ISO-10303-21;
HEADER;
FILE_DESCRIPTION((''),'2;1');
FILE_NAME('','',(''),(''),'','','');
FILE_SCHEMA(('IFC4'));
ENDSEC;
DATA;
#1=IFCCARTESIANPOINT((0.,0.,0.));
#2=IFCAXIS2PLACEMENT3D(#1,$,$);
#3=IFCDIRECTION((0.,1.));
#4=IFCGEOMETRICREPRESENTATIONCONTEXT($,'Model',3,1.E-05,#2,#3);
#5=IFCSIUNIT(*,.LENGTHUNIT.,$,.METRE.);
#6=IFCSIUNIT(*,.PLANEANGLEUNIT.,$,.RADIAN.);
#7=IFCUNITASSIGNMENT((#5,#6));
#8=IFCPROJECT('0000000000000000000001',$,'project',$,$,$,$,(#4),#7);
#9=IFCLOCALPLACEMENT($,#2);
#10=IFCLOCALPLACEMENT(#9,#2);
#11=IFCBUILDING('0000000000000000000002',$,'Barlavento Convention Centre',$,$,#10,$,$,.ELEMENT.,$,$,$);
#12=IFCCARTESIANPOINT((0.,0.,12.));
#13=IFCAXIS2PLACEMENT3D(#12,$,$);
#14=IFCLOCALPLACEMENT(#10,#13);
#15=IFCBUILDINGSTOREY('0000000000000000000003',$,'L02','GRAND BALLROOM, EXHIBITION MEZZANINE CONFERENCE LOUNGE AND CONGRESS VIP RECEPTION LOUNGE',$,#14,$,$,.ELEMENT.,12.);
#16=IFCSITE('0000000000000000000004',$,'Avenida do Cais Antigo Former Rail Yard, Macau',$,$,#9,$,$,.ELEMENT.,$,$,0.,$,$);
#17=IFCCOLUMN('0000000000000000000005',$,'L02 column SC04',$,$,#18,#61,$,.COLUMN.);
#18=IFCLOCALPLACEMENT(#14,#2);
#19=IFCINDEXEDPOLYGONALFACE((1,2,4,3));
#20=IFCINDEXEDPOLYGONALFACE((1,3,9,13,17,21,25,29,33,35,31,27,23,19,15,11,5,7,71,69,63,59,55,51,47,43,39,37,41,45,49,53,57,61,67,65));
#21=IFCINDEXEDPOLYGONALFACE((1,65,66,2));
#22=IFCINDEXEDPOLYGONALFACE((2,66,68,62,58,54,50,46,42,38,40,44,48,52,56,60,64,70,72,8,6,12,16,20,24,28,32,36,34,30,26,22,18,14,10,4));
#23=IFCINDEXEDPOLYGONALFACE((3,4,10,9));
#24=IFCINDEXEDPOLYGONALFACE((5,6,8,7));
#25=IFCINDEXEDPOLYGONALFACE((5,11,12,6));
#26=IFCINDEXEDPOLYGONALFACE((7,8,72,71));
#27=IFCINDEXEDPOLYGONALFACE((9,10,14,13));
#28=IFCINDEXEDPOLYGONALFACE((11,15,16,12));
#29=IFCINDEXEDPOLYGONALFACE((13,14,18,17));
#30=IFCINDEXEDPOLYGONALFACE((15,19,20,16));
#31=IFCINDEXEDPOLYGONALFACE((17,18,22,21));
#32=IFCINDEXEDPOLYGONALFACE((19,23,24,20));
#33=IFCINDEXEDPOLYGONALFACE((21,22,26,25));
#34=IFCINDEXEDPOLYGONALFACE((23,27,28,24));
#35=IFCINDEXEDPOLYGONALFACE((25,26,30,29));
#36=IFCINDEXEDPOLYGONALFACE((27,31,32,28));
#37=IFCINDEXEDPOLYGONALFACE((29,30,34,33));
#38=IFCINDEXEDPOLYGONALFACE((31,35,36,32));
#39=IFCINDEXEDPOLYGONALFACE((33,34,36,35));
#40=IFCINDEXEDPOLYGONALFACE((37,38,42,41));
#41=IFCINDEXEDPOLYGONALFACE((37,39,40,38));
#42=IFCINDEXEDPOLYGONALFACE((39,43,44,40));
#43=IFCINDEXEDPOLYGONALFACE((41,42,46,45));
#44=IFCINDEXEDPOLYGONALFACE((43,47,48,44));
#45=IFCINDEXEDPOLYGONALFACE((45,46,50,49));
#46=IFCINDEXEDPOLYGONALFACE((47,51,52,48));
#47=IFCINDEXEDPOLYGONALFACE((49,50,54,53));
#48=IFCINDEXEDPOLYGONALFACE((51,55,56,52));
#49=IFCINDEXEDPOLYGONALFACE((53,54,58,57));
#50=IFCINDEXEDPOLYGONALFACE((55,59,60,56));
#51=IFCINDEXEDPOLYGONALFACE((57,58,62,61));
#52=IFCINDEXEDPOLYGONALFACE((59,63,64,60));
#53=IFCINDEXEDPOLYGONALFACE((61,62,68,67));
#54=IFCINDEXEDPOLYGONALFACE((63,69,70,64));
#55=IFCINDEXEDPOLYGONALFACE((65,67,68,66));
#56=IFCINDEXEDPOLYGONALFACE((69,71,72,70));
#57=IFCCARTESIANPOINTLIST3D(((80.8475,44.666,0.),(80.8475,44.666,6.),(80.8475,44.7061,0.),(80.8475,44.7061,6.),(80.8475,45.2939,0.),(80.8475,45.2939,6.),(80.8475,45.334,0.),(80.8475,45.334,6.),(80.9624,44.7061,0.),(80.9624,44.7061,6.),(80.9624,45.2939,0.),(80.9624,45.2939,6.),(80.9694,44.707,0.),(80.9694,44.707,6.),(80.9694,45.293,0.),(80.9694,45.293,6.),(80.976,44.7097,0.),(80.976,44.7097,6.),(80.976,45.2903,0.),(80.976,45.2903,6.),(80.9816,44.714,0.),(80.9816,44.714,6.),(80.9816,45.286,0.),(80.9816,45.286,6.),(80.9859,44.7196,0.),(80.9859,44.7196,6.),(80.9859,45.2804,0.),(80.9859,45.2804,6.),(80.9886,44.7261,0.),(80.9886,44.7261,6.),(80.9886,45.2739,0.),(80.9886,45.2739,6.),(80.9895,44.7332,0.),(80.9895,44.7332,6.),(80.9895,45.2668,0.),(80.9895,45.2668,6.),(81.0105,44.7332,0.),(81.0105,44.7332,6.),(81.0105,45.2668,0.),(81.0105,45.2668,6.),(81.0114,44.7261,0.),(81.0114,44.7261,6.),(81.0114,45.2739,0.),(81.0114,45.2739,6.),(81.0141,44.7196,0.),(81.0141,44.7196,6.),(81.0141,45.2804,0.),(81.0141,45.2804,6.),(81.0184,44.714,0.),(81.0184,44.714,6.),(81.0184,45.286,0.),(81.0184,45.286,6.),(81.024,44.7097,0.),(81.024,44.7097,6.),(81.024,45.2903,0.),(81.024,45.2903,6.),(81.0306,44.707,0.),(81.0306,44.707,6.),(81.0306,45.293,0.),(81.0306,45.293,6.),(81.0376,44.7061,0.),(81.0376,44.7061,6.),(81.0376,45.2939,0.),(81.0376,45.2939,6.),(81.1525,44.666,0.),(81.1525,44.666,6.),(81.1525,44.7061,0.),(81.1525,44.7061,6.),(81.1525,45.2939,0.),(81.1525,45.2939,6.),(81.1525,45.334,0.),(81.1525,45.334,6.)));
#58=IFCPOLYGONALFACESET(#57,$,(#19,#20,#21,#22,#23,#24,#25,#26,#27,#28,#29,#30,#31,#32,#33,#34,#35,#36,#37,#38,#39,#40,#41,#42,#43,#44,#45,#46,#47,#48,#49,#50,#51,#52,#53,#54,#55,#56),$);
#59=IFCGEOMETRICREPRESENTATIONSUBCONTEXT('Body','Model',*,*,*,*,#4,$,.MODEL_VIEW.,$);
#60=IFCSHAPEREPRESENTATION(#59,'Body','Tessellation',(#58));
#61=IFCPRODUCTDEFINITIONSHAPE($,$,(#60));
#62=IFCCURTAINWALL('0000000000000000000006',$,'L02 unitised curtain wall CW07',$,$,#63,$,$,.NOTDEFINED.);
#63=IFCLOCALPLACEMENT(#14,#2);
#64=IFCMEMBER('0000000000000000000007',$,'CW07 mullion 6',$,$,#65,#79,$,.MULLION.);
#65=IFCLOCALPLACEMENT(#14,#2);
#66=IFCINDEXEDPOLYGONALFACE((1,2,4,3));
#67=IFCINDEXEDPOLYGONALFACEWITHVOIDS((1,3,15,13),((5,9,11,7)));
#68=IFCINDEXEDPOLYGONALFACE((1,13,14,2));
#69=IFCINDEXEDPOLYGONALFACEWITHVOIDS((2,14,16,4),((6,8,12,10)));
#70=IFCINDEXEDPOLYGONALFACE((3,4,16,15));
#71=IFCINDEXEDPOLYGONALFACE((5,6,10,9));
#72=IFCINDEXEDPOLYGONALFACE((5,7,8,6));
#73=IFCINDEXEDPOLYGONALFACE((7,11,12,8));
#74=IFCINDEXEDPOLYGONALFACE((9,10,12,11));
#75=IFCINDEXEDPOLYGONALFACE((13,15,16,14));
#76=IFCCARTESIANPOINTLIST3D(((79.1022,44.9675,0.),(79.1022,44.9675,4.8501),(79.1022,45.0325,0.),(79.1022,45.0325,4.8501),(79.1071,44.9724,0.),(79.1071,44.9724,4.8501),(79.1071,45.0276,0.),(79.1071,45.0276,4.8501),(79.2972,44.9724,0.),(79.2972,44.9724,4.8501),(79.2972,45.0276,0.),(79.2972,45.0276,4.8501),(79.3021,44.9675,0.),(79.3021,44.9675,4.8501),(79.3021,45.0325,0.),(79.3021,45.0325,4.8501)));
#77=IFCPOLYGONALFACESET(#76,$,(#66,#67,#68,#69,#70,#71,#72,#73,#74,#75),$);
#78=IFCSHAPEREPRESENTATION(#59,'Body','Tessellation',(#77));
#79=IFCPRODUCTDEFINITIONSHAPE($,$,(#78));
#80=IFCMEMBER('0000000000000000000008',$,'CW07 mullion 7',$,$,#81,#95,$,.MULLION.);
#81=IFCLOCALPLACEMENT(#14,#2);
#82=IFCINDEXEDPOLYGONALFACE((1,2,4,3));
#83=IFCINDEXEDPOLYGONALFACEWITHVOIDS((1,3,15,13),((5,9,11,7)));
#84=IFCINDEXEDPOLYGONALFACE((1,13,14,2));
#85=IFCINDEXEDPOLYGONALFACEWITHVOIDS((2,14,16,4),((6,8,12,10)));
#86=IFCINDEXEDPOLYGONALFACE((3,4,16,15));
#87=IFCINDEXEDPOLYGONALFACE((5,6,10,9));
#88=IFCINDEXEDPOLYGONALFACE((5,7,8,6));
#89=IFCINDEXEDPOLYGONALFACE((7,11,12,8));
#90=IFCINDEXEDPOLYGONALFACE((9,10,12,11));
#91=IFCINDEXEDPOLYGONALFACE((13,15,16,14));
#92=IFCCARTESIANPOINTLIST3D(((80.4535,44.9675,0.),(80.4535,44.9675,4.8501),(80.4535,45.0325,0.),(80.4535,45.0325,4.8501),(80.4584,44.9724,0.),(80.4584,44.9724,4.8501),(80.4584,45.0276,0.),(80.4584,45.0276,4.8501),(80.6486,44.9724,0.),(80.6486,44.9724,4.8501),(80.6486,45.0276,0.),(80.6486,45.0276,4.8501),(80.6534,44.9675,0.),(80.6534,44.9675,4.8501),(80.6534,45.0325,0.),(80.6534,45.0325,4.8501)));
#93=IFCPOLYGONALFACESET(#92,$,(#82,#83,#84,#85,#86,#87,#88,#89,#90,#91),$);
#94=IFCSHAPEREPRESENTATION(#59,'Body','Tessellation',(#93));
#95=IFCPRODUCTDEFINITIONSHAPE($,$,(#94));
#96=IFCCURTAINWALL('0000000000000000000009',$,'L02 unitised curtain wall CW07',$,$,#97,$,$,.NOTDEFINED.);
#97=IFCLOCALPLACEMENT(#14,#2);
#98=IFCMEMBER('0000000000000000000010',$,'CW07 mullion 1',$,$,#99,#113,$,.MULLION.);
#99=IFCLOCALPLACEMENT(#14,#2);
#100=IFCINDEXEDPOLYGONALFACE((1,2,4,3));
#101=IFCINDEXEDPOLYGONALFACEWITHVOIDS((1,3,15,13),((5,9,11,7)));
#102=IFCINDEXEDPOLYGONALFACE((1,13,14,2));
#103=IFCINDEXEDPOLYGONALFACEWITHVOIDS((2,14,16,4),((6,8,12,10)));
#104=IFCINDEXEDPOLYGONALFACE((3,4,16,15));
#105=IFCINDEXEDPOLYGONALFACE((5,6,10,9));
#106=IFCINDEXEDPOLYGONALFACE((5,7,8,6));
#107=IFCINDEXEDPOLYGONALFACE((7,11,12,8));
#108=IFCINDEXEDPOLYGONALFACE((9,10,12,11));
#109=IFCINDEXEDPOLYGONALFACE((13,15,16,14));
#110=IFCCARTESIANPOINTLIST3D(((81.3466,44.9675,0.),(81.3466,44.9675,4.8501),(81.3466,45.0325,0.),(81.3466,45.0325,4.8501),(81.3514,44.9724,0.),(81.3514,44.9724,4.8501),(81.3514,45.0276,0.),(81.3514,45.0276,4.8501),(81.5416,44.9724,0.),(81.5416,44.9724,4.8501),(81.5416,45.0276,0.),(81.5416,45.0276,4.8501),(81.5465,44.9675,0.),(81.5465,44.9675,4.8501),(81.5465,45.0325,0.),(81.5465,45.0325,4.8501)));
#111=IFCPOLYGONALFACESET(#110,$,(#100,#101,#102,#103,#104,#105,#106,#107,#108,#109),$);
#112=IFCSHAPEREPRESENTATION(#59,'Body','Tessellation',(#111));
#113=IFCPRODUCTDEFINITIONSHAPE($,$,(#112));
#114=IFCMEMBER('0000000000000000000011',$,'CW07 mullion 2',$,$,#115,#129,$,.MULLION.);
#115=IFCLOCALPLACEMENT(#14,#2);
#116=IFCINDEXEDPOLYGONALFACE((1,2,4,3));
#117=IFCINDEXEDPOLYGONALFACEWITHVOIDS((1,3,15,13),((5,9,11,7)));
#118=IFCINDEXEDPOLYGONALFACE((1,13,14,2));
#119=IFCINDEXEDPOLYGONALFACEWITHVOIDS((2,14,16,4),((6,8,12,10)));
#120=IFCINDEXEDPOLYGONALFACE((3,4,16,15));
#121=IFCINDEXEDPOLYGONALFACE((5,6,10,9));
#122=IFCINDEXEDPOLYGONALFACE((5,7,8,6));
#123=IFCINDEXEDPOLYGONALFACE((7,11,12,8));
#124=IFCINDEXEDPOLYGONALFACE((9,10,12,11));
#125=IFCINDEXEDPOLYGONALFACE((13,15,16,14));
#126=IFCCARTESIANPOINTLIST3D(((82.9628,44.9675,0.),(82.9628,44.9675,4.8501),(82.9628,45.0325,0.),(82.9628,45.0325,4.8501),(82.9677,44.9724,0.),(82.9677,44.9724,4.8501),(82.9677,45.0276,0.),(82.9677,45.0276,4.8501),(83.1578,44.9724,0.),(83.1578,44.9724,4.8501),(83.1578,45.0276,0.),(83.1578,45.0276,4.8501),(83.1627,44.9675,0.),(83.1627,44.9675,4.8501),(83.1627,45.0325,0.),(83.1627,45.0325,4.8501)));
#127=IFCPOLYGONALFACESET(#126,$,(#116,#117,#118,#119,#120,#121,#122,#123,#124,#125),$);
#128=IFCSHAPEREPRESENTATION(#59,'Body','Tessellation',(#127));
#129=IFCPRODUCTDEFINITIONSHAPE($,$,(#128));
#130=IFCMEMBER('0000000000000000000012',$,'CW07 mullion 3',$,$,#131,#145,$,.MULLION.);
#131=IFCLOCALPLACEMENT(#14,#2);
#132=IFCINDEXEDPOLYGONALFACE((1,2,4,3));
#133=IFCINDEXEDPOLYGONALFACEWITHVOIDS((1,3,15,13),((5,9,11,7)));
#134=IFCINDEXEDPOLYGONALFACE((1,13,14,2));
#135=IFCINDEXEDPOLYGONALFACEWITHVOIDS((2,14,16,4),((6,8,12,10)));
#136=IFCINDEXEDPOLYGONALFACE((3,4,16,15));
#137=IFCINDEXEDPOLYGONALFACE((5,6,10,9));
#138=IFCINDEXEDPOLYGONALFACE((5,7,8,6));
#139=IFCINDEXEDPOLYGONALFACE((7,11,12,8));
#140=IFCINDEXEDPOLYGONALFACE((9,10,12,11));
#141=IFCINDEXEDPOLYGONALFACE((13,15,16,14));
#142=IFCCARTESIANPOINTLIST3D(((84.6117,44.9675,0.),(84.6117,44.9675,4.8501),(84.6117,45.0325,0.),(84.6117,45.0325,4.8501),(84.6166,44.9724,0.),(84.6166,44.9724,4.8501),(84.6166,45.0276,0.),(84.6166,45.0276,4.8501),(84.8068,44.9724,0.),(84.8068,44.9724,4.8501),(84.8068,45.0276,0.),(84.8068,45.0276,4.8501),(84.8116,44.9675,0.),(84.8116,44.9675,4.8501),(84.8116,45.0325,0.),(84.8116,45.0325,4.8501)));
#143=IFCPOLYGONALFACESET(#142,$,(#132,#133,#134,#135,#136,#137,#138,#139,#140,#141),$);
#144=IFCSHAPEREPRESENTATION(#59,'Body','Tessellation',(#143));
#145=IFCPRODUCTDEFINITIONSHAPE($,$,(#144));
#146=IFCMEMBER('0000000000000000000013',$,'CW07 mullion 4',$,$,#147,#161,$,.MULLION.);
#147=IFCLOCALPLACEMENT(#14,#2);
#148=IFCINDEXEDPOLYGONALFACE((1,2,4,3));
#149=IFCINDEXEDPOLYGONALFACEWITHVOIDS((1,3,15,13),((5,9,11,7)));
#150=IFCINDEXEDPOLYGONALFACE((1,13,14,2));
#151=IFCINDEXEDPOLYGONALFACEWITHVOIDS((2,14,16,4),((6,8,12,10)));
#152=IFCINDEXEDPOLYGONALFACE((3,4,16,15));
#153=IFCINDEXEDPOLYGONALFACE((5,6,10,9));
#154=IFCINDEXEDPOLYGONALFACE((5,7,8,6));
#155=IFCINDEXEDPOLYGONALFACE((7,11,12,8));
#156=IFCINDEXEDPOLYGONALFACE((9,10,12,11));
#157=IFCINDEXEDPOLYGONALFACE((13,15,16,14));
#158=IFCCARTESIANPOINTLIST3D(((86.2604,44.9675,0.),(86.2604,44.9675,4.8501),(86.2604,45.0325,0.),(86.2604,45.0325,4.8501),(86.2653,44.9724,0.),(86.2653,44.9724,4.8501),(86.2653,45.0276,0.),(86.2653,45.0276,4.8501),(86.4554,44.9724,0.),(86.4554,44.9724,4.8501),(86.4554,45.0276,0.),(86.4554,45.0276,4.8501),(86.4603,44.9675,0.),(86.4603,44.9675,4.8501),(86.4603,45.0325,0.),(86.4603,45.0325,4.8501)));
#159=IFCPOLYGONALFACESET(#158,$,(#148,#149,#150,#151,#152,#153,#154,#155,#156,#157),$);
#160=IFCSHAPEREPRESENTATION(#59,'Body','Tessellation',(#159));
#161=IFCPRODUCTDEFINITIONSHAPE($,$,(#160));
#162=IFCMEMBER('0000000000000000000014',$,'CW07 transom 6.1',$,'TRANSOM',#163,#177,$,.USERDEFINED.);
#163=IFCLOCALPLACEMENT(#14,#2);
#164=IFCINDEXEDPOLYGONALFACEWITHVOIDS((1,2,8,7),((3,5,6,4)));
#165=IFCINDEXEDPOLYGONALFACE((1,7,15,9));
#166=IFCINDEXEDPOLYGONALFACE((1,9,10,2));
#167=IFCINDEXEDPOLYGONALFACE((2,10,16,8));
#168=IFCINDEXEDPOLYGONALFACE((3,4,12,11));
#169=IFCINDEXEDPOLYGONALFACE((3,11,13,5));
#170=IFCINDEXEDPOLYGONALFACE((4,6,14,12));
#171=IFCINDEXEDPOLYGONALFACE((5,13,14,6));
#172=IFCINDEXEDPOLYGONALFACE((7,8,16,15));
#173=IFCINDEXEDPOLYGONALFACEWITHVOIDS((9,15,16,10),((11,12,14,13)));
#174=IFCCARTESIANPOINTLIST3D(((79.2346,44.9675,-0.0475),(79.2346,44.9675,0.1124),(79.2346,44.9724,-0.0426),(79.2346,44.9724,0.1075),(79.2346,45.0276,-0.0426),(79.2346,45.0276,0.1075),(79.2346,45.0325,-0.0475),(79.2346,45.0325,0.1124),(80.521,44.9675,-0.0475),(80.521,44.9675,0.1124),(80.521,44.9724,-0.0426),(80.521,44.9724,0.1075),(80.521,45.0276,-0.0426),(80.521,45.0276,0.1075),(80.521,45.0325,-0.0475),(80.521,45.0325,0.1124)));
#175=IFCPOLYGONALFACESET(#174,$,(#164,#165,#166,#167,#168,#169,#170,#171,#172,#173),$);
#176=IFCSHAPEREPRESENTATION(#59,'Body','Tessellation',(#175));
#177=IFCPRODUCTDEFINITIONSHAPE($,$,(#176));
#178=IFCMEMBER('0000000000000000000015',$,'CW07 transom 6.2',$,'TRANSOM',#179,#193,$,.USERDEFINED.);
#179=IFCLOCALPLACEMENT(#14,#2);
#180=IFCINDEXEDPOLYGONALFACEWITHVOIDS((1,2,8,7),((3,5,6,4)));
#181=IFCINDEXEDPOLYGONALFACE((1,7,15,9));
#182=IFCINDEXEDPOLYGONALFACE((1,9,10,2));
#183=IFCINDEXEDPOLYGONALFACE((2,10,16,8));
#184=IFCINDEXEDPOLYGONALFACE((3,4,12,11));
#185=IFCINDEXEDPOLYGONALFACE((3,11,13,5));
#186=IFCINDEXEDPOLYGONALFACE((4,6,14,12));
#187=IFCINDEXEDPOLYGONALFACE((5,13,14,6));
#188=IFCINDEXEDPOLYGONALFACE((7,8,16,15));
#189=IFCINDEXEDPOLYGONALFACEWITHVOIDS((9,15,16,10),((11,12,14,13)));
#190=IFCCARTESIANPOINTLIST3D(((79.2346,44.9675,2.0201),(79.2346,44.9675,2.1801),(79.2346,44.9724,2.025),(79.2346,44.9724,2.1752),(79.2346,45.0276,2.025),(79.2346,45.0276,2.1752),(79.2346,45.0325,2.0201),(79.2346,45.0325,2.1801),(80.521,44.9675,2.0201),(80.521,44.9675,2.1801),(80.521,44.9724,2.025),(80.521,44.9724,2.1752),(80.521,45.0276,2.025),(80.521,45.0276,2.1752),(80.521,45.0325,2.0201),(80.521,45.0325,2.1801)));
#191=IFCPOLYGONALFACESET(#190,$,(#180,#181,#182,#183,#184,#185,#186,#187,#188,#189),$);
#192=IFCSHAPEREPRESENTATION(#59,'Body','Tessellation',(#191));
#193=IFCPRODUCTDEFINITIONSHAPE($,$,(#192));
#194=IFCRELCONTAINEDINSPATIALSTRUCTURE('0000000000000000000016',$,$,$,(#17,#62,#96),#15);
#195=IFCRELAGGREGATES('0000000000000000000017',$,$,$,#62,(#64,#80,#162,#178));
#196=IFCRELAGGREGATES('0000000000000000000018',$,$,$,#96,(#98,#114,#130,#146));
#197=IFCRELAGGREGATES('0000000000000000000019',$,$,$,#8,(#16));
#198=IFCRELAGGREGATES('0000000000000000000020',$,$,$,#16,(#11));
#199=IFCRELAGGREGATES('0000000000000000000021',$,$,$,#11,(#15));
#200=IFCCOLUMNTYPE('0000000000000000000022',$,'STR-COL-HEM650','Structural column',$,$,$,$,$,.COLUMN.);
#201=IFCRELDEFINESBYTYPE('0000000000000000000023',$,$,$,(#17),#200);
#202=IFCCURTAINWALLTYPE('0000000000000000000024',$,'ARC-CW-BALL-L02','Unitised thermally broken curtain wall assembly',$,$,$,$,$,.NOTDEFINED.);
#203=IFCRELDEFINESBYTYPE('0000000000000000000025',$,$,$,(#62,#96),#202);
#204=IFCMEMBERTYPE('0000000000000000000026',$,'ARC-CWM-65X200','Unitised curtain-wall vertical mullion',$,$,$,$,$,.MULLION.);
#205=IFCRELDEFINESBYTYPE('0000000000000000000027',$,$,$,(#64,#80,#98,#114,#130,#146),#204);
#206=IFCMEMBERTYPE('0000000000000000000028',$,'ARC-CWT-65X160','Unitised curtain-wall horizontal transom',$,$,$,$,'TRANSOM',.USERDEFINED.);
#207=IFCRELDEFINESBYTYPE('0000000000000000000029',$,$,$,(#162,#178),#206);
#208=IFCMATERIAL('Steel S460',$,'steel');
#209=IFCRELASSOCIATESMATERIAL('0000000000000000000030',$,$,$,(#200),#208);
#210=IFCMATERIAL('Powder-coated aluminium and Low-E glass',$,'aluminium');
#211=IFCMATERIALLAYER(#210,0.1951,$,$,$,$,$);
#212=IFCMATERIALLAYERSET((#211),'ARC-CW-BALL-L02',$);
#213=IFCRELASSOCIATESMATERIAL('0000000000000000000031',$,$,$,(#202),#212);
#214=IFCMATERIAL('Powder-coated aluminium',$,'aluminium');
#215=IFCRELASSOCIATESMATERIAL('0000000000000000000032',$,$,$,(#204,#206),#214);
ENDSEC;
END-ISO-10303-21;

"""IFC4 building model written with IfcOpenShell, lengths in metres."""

from ifc_helpers import new_model, si_unit, direction, frame, origin, origin_2d, place, context, subcontext, project, spatial, hollow_rectangle, i_section, extrude, material, layer, layer_set, material_profile, profile_set, type_object, element, aggregate, save


model = new_model("IFC4")

# Units and contexts
model_context = context("Model", 3, precision=1e-05, world=origin(), true_north=direction((0.0, 1.0)))
body_context = subcontext(model_context, "Body", "Model", "MODEL_VIEW")
ifc_project = project(units=[si_unit("LENGTHUNIT", "METRE"), si_unit("PLANEANGLEUNIT", "RADIAN")], contexts=[model_context])

# Site, building, storey
site_placement = place(None, origin())
site = spatial("IfcSite", under=ifc_project, at=site_placement, Name="Avenida do Cais Antigo Former Rail Yard, Macau", CompositionType="ELEMENT", RefElevation=0.0)
building_placement = place(site_placement, origin())
building = spatial("IfcBuilding", under=site, at=building_placement, Name="Barlavento Convention Centre", CompositionType="ELEMENT")
storey_placement = place(building_placement, frame((0.0, 0.0, 12.0)))
storey = spatial("IfcBuildingStorey", under=building, at=storey_placement, Name="L02", Description="GRAND BALLROOM, EXHIBITION MEZZANINE CONFERENCE LOUNGE AND CONGRESS VIP RECEPTION LOUNGE", CompositionType="ELEMENT", Elevation=12.0)

# Column
ifc_material_1 = material(Name="Steel S460", Category="steel")
ifc_material_profile_1 = material_profile(ifc_material_1, i_section(OverallWidth=0.3049, OverallDepth=0.668, WebThickness=0.021, FlangeThickness=0.04, FilletRadius=0.0271, at=origin_2d()), Name="HEM 650")
ifc_profile_set_1 = profile_set([ifc_material_profile_1], Name="Steel S460")
column_type = type_object("IfcColumnType", Name="STR-COL-HEM650", Description="Structural column", PredefinedType="COLUMN", material=ifc_profile_set_1)
column_placement = place(storey_placement, frame((81.0, 45.0, 0.0), z_axis=(0.0, 0.0, 1.0), x_axis=(1.0, 0.0, 0.0)))
element("IfcColumn", 1, at=column_placement, inside=storey, type_object=column_type, Name="L02 column SC04", PredefinedType="COLUMN", context=body_context, shape_type="SweptSolid", body=[
    extrude(i_section(OverallWidth=0.3049, OverallDepth=0.668, WebThickness=0.021, FlangeThickness=0.04, FilletRadius=0.0271, at=origin_2d()), origin(), (0.0, 0.0, 1.0), 6.0),
])

# Curtain walls, members
ifc_material_2 = material(Name="Powder-coated aluminium and Low-E glass", Category="aluminium")
ifc_layer_1 = layer(ifc_material_2, 0.1951)
ifc_layer_set_1 = layer_set([ifc_layer_1], Name="ARC-CW-BALL-L02")
curtain_wall_type = type_object("IfcCurtainWallType", Name="ARC-CW-BALL-L02", Description="Unitised thermally broken curtain wall assembly", PredefinedType="NOTDEFINED", material=ifc_layer_set_1)
curtain_wall_1_placement = place(storey_placement, origin())
curtain_wall_1 = element("IfcCurtainWall", 2, at=curtain_wall_1_placement, inside=storey, type_object=curtain_wall_type, Name="L02 unitised curtain wall CW07", PredefinedType="NOTDEFINED")
ifc_material_3 = material(Name="Powder-coated aluminium", Category="aluminium")
ifc_material_profile_2 = material_profile(ifc_material_3, hollow_rectangle(XDim=0.0649, YDim=0.2, WallThickness=0.0049, at=origin_2d()), Name="AL-MULL 65x200x5")
ifc_profile_set_2 = profile_set([ifc_material_profile_2], Name="Powder-coated aluminium")
member_type_1 = type_object("IfcMemberType", Name="ARC-CWM-65X200", Description="Unitised curtain-wall vertical mullion", PredefinedType="MULLION", material=ifc_profile_set_2)
member_1_placement = place(storey_placement, frame((79.2021, 45.0, 0.0), z_axis=(0.0, 0.0, 1.0), x_axis=(0.0, 1.0, 0.0)))
member_1 = element("IfcMember", 3, at=member_1_placement, type_object=member_type_1, Name="CW07 mullion 6", PredefinedType="MULLION", context=body_context, shape_type="SweptSolid", body=[
    extrude(hollow_rectangle(XDim=0.0649, YDim=0.2, WallThickness=0.0049, at=origin_2d()), origin(), (0.0, 0.0, 1.0), 4.8501),
])
member_2_placement = place(storey_placement, frame((80.5535, 45.0, 0.0), z_axis=(0.0, 0.0, 1.0), x_axis=(0.0, 1.0, 0.0)))
member_2 = element("IfcMember", 4, at=member_2_placement, type_object=member_type_1, Name="CW07 mullion 7", PredefinedType="MULLION", context=body_context, shape_type="SweptSolid", body=[
    extrude(hollow_rectangle(XDim=0.0649, YDim=0.2, WallThickness=0.0049, at=origin_2d()), origin(), (0.0, 0.0, 1.0), 4.8501),
])
curtain_wall_2_placement = place(storey_placement, origin())
curtain_wall_2 = element("IfcCurtainWall", 5, at=curtain_wall_2_placement, inside=storey, type_object=curtain_wall_type, Name="L02 unitised curtain wall CW07", PredefinedType="NOTDEFINED")
member_3_placement = place(storey_placement, frame((81.4465, 45.0, 0.0), z_axis=(0.0, 0.0, 1.0), x_axis=(0.0, 1.0, 0.0)))
member_3 = element("IfcMember", 6, at=member_3_placement, type_object=member_type_1, Name="CW07 mullion 1", PredefinedType="MULLION", context=body_context, shape_type="SweptSolid", body=[
    extrude(hollow_rectangle(XDim=0.0649, YDim=0.2, WallThickness=0.0049, at=origin_2d()), origin(), (0.0, 0.0, 1.0), 4.8501),
])
member_4_placement = place(storey_placement, frame((83.0627, 45.0, 0.0), z_axis=(0.0, 0.0, 1.0), x_axis=(0.0, 1.0, 0.0)))
member_4 = element("IfcMember", 7, at=member_4_placement, type_object=member_type_1, Name="CW07 mullion 2", PredefinedType="MULLION", context=body_context, shape_type="SweptSolid", body=[
    extrude(hollow_rectangle(XDim=0.0649, YDim=0.2, WallThickness=0.0049, at=origin_2d()), origin(), (0.0, 0.0, 1.0), 4.8501),
])
member_5_placement = place(storey_placement, frame((84.7117, 45.0, 0.0), z_axis=(0.0, 0.0, 1.0), x_axis=(0.0, 1.0, 0.0)))
member_5 = element("IfcMember", 8, at=member_5_placement, type_object=member_type_1, Name="CW07 mullion 3", PredefinedType="MULLION", context=body_context, shape_type="SweptSolid", body=[
    extrude(hollow_rectangle(XDim=0.0649, YDim=0.2, WallThickness=0.0049, at=origin_2d()), origin(), (0.0, 0.0, 1.0), 4.8501),
])
member_6_placement = place(storey_placement, frame((86.3604, 45.0, 0.0), z_axis=(0.0, 0.0, 1.0), x_axis=(0.0, 1.0, 0.0)))
member_6 = element("IfcMember", 9, at=member_6_placement, type_object=member_type_1, Name="CW07 mullion 4", PredefinedType="MULLION", context=body_context, shape_type="SweptSolid", body=[
    extrude(hollow_rectangle(XDim=0.0649, YDim=0.2, WallThickness=0.0049, at=origin_2d()), origin(), (0.0, 0.0, 1.0), 4.8501),
])

# Members
ifc_material_profile_3 = material_profile(ifc_material_3, hollow_rectangle(XDim=0.0649, YDim=0.1599, WallThickness=0.0049, at=origin_2d()), Name="AL-TRAN 65x160x5")
ifc_profile_set_3 = profile_set([ifc_material_profile_3], Name="Powder-coated aluminium")
member_type_2 = type_object("IfcMemberType", Name="ARC-CWT-65X160", Description="Unitised curtain-wall horizontal transom", ElementType="TRANSOM", PredefinedType="USERDEFINED", material=ifc_profile_set_3)
member_7_placement = place(storey_placement, frame((79.2346, 45.0, 0.0325), z_axis=(1.0, 0.0, 0.0), x_axis=(0.0, 1.0, 0.0)))
member_7 = element("IfcMember", 10, at=member_7_placement, type_object=member_type_2, Name="CW07 transom 6.1", ObjectType="TRANSOM", PredefinedType="USERDEFINED", context=body_context, shape_type="SweptSolid", body=[
    extrude(hollow_rectangle(XDim=0.0649, YDim=0.1599, WallThickness=0.0049, at=origin_2d()), origin(), (0.0, 0.0, 1.0), 1.2864),
])
member_8_placement = place(storey_placement, frame((79.2346, 45.0, 2.1001), z_axis=(1.0, 0.0, 0.0), x_axis=(0.0, 1.0, 0.0)))
member_8 = element("IfcMember", 11, at=member_8_placement, type_object=member_type_2, Name="CW07 transom 6.2", ObjectType="TRANSOM", PredefinedType="USERDEFINED", context=body_context, shape_type="SweptSolid", body=[
    extrude(hollow_rectangle(XDim=0.0649, YDim=0.1599, WallThickness=0.0049, at=origin_2d()), origin(), (0.0, 0.0, 1.0), 1.2864),
])

aggregate(curtain_wall_1, [member_1, member_2, member_7, member_8])
aggregate(curtain_wall_2, [member_3, member_4, member_5, member_6])

save(model, "model.ifc")
